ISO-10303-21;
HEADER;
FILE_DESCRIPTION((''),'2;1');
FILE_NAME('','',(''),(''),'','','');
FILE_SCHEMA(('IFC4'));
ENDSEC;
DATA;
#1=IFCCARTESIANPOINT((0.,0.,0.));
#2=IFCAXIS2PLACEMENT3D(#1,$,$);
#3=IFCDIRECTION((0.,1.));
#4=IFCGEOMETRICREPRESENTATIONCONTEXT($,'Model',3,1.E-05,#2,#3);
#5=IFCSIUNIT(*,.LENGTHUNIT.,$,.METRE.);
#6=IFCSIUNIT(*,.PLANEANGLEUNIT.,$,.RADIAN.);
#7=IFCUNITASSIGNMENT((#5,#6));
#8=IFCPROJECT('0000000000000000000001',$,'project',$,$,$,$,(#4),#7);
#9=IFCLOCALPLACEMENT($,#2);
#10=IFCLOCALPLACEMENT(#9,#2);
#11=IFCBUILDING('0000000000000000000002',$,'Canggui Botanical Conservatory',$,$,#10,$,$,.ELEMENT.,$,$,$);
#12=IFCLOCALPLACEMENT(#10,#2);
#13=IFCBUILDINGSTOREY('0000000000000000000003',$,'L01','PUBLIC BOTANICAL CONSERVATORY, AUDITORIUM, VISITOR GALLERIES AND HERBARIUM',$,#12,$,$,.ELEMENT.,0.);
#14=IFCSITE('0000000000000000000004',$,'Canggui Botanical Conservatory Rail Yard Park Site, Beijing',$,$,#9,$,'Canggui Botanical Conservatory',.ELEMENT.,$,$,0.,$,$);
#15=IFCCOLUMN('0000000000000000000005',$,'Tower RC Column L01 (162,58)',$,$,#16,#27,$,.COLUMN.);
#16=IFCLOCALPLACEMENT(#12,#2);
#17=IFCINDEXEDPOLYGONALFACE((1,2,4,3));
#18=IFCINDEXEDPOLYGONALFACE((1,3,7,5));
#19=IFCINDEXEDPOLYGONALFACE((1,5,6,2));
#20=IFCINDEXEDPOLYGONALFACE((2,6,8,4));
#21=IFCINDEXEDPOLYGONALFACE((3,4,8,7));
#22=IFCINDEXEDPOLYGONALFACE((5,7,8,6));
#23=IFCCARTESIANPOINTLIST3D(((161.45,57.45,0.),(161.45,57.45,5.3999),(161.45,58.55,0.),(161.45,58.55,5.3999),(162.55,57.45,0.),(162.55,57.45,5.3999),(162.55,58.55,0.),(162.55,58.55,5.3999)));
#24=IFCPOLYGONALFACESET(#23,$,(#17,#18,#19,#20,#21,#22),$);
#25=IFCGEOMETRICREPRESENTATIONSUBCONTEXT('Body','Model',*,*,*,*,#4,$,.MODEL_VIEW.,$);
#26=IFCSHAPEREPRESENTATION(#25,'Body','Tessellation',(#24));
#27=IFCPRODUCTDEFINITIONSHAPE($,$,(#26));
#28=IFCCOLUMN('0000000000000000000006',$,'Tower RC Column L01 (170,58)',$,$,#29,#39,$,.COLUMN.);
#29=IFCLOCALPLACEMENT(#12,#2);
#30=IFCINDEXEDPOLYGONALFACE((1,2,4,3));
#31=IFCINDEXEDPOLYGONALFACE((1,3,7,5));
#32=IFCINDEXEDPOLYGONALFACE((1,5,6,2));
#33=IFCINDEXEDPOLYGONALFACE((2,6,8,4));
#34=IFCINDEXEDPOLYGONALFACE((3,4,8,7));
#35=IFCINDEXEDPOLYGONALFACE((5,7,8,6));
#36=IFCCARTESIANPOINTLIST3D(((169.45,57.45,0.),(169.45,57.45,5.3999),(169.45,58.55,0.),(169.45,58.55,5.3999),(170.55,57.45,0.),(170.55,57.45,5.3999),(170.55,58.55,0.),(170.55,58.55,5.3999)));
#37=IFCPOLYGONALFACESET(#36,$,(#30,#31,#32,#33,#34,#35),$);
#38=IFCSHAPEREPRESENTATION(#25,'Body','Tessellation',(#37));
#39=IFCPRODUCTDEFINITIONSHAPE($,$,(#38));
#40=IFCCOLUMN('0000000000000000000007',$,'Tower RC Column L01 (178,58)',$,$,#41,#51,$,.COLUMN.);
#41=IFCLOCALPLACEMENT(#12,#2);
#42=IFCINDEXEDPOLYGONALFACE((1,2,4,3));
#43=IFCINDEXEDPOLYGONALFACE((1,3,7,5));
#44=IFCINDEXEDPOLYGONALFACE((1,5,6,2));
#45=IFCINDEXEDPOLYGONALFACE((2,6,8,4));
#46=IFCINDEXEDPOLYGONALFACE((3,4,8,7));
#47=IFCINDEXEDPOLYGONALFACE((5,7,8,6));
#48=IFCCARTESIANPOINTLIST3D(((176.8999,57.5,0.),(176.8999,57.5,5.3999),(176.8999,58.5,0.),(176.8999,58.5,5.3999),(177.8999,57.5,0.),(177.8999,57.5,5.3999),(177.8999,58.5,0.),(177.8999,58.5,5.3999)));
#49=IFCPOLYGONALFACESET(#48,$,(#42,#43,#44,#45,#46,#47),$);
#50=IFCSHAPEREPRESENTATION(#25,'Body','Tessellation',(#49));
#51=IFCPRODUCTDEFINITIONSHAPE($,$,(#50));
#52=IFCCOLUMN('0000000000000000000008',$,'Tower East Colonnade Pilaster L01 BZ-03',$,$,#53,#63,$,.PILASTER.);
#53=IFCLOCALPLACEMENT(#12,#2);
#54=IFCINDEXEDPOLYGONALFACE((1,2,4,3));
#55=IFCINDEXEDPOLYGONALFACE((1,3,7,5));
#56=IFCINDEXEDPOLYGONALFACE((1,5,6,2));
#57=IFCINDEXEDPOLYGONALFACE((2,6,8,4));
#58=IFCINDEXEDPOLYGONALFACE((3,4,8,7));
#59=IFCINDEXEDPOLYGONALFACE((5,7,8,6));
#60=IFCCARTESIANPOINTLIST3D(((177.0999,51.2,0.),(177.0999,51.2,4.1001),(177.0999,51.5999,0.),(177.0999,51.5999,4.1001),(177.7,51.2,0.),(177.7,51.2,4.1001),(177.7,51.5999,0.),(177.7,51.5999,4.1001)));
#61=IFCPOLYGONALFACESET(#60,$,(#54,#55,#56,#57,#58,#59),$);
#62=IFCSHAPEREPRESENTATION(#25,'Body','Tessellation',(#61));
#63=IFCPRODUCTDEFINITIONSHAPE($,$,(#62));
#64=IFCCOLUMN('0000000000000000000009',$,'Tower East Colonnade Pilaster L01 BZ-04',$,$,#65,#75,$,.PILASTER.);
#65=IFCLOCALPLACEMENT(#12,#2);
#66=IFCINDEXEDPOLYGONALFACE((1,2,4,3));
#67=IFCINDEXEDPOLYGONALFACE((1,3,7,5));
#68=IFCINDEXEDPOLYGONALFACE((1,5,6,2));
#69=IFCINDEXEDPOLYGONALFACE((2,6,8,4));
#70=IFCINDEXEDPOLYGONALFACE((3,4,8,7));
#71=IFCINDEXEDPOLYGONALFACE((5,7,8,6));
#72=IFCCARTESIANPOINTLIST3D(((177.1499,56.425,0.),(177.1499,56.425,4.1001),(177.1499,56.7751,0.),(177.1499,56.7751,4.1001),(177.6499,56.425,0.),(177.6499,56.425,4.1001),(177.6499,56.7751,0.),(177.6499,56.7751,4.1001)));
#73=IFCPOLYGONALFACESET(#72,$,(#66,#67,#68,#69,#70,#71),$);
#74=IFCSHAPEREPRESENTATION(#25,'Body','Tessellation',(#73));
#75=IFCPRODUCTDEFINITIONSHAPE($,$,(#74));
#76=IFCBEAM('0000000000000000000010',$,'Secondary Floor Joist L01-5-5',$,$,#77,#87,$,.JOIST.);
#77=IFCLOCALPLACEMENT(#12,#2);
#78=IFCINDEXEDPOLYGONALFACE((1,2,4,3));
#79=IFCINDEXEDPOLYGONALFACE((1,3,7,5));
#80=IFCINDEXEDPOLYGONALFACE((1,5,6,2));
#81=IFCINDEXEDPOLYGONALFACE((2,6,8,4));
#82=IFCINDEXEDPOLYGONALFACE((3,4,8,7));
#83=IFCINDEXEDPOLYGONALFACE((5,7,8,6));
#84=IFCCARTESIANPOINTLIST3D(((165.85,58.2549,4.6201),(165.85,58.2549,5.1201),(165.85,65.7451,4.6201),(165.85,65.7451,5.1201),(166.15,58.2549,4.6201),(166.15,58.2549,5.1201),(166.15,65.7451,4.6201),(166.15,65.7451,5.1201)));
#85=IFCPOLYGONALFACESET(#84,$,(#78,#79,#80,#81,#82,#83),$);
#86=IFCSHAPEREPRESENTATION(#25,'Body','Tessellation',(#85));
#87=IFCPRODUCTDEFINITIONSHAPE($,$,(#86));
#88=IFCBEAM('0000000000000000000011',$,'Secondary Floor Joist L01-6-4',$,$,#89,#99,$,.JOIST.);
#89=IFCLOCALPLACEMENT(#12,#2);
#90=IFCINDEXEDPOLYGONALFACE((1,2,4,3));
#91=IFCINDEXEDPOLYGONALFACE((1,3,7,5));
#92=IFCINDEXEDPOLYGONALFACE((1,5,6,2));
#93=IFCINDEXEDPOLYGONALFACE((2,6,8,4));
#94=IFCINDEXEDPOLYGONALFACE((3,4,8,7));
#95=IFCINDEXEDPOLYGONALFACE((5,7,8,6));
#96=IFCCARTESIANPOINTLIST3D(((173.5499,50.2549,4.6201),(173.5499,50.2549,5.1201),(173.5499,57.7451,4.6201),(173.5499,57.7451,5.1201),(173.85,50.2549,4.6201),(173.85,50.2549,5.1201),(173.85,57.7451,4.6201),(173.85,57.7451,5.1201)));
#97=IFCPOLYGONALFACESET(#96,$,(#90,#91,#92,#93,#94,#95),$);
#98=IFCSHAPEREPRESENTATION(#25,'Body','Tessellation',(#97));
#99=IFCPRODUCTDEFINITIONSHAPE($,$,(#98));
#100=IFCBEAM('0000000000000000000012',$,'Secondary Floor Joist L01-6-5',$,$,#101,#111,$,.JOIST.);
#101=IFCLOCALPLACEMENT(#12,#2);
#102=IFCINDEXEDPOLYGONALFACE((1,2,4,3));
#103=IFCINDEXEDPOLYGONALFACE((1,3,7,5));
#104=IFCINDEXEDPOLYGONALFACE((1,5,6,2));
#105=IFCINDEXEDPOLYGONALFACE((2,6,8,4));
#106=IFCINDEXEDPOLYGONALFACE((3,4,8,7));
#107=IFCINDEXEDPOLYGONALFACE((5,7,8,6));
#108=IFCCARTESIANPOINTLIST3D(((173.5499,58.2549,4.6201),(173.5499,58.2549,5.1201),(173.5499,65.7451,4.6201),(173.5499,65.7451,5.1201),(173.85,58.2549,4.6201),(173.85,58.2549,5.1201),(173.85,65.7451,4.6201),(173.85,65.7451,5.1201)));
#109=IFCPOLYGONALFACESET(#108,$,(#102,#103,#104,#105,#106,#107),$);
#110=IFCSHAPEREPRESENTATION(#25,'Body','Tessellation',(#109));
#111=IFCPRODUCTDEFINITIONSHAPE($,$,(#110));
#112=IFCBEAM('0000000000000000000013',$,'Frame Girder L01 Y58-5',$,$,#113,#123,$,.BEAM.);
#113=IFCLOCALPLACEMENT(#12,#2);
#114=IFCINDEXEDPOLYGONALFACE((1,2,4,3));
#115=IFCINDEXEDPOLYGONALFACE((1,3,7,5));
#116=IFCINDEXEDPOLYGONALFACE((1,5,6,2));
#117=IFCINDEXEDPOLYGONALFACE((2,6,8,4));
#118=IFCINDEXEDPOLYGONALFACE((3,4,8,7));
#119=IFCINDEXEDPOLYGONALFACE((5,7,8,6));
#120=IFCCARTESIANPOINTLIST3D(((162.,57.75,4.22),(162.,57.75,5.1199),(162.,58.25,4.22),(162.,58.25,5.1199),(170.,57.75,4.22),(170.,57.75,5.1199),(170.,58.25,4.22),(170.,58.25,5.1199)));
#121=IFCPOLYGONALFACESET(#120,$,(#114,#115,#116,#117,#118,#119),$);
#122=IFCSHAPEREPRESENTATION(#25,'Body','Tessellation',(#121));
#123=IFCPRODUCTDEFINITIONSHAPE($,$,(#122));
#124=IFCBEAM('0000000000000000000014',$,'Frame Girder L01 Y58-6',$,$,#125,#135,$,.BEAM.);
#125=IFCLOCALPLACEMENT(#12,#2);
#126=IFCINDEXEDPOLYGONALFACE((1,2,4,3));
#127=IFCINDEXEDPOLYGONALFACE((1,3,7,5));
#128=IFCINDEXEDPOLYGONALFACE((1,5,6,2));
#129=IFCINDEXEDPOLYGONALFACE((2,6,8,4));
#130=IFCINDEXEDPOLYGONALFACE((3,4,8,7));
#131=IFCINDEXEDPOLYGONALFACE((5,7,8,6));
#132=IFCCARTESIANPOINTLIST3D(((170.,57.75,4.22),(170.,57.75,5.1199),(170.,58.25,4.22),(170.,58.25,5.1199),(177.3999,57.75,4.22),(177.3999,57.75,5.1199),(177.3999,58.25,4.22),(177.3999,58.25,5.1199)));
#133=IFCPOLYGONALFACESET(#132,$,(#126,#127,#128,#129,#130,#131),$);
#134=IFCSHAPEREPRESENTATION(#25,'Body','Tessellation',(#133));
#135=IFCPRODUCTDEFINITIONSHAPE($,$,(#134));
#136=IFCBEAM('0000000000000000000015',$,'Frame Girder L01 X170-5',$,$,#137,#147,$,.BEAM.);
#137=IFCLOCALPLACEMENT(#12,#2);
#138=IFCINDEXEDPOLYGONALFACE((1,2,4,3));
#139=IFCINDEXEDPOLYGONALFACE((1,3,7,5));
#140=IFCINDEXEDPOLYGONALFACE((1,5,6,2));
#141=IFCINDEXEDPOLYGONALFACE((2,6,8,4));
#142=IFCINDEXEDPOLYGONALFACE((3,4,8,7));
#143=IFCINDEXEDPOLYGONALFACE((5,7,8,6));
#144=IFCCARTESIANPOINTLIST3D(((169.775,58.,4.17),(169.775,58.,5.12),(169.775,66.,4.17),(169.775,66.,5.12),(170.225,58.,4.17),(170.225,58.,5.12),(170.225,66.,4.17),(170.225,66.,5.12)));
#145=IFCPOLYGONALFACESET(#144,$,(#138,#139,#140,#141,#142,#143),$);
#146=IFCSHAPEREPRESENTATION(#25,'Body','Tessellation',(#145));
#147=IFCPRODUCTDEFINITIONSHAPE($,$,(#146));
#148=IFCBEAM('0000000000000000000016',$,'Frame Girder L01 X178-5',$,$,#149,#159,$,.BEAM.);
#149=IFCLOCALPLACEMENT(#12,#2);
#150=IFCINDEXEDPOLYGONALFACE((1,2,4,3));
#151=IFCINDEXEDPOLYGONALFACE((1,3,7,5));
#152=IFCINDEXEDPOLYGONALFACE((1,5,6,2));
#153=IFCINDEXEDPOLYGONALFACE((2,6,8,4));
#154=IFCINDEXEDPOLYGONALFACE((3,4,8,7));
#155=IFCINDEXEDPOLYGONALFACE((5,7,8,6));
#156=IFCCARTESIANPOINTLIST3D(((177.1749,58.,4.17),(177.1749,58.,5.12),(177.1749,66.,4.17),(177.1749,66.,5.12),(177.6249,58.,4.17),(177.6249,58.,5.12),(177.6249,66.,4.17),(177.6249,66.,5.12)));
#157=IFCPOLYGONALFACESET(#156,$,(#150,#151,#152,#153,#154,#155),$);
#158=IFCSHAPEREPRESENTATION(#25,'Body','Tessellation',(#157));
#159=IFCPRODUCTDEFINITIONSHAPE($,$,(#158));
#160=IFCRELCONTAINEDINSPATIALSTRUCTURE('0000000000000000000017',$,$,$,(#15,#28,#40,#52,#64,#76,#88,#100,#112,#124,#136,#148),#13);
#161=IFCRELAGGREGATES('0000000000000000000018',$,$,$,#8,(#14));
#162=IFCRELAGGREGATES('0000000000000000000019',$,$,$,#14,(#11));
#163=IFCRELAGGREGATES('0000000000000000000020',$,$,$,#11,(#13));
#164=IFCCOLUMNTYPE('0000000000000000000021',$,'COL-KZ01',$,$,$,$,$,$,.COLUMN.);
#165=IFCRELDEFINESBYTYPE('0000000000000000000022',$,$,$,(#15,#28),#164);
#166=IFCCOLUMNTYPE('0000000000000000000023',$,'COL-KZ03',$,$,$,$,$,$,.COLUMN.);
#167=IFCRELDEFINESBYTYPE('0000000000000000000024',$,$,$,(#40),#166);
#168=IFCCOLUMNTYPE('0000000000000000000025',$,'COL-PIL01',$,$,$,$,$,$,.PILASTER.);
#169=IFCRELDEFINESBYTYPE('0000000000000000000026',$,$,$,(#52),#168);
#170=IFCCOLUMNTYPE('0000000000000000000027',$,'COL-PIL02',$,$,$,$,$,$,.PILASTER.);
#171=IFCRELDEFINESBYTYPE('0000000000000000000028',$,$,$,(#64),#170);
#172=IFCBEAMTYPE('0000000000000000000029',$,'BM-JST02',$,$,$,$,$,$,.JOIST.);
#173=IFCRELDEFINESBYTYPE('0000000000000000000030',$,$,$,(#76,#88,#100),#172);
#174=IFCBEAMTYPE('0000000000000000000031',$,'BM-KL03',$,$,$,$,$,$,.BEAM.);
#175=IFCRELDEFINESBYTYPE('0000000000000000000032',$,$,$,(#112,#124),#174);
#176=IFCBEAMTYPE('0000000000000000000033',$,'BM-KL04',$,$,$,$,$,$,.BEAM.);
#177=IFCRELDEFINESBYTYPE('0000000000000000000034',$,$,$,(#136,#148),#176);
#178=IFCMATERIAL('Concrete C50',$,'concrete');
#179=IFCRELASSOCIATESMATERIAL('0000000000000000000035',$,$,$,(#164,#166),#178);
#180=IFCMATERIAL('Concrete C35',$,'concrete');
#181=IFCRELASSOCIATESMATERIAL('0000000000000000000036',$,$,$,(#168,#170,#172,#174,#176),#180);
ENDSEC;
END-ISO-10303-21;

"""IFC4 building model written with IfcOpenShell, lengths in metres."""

from ifc_helpers import new_model, si_unit, direction, frame, origin, origin_2d, place, context, subcontext, project, spatial, rectangle, extrude, material, material_profile, profile_set, type_object, element, save


model = new_model("IFC4")

# Units and contexts
model_context = context("Model", 3, precision=1e-05, world=origin(), true_north=direction((0.0, 1.0)))
body_context = subcontext(model_context, "Body", "Model", "MODEL_VIEW")
ifc_project = project(units=[si_unit("LENGTHUNIT", "METRE"), si_unit("PLANEANGLEUNIT", "RADIAN")], contexts=[model_context])

# Site, building, storey
site_placement = place(None, origin())
site = spatial("IfcSite", under=ifc_project, at=site_placement, Name="Canggui Botanical Conservatory Rail Yard Park Site, Beijing", LongName="Canggui Botanical Conservatory", CompositionType="ELEMENT", RefElevation=0.0)
building_placement = place(site_placement, origin())
building = spatial("IfcBuilding", under=site, at=building_placement, Name="Canggui Botanical Conservatory", CompositionType="ELEMENT")
storey_placement = place(building_placement, origin())
storey = spatial("IfcBuildingStorey", under=building, at=storey_placement, Name="L01", Description="PUBLIC BOTANICAL CONSERVATORY, AUDITORIUM, VISITOR GALLERIES AND HERBARIUM", CompositionType="ELEMENT", Elevation=0.0)

# Columns
ifc_material_1 = material(Name="Concrete C50", Category="concrete")
ifc_material_profile_1 = material_profile(ifc_material_1, rectangle(XDim=1.1001, YDim=1.1001, at=origin_2d()), Name="RC 1100x1100")
ifc_profile_set_1 = profile_set([ifc_material_profile_1], Name="Concrete C50")
column_type_1 = type_object("IfcColumnType", Name="COL-KZ01", PredefinedType="COLUMN", material=ifc_profile_set_1)
for number, where, z_axis, x_axis, name in (
    (1, (162.0, 58.0, 0.0), (0.0, 0.0, 1.0), (1.0, 0.0, 0.0), "Tower RC Column L01 (162,58)"),
    (2, (170.0, 58.0, 0.0), (0.0, 0.0, 1.0), (1.0, 0.0, 0.0), "Tower RC Column L01 (170,58)"),
):
    element("IfcColumn", number, at=place(storey_placement, frame(where, z_axis=z_axis, x_axis=x_axis)), inside=storey, type_object=column_type_1, Name=name, PredefinedType="COLUMN", context=body_context, shape_type="SweptSolid", body=[
        extrude(rectangle(XDim=1.1001, YDim=1.1001, at=origin_2d()), origin(), (0.0, 0.0, 1.0), 5.3999),
    ])
ifc_material_profile_2 = material_profile(ifc_material_1, rectangle(XDim=1.0, YDim=1.0, at=origin_2d()), Name="RC 1000x1000")
ifc_profile_set_2 = profile_set([ifc_material_profile_2], Name="Concrete C50")
column_type_2 = type_object("IfcColumnType", Name="COL-KZ03", PredefinedType="COLUMN", material=ifc_profile_set_2)
column_1_placement = place(storey_placement, frame((177.3999, 58.0, 0.0), z_axis=(0.0, 0.0, 1.0), x_axis=(1.0, 0.0, 0.0)))
element("IfcColumn", 3, at=column_1_placement, inside=storey, type_object=column_type_2, Name="Tower RC Column L01 (178,58)", PredefinedType="COLUMN", context=body_context, shape_type="SweptSolid", body=[
    extrude(rectangle(XDim=1.0, YDim=1.0, at=origin_2d()), origin(), (0.0, 0.0, 1.0), 5.3999),
])
ifc_material_2 = material(Name="Concrete C35", Category="concrete")
ifc_material_profile_3 = material_profile(ifc_material_2, rectangle(XDim=0.3999, YDim=0.6001, at=origin_2d()), Name="RC 400x600")
ifc_profile_set_3 = profile_set([ifc_material_profile_3], Name="Concrete C35")
column_type_3 = type_object("IfcColumnType", Name="COL-PIL01", PredefinedType="PILASTER", material=ifc_profile_set_3)
column_2_placement = place(storey_placement, frame((177.3999, 51.3999, 0.0), z_axis=(0.0, 0.0, 1.0), x_axis=(0.0, 1.0, 0.0)))
element("IfcColumn", 4, at=column_2_placement, inside=storey, type_object=column_type_3, Name="Tower East Colonnade Pilaster L01 BZ-03", PredefinedType="PILASTER", context=body_context, shape_type="SweptSolid", body=[
    extrude(rectangle(XDim=0.3999, YDim=0.6001, at=origin_2d()), origin(), (0.0, 0.0, 1.0), 4.1001),
])
ifc_material_profile_4 = material_profile(ifc_material_2, rectangle(XDim=0.3501, YDim=0.5, at=origin_2d()), Name="RC 350x500")
ifc_profile_set_4 = profile_set([ifc_material_profile_4], Name="Concrete C35")
column_type_4 = type_object("IfcColumnType", Name="COL-PIL02", PredefinedType="PILASTER", material=ifc_profile_set_4)
column_3_placement = place(storey_placement, frame((177.3999, 56.6001, 0.0), z_axis=(0.0, 0.0, 1.0), x_axis=(0.0, 1.0, 0.0)))
element("IfcColumn", 5, at=column_3_placement, inside=storey, type_object=column_type_4, Name="Tower East Colonnade Pilaster L01 BZ-04", PredefinedType="PILASTER", context=body_context, shape_type="SweptSolid", body=[
    extrude(rectangle(XDim=0.3501, YDim=0.5, at=origin_2d()), origin(), (0.0, 0.0, 1.0), 4.1001),
])

# Beams
ifc_material_profile_5 = material_profile(ifc_material_2, rectangle(XDim=0.3, YDim=0.5, at=origin_2d()), Name="RB 300x500")
ifc_profile_set_5 = profile_set([ifc_material_profile_5], Name="Concrete C35")
beam_type_1 = type_object("IfcBeamType", Name="BM-JST02", PredefinedType="JOIST", material=ifc_profile_set_5)
for number, where, z_axis, x_axis, name in (
    (6, (166.0, 58.2549, 4.8701), (0.0, 1.0, 0.0), (-1.0, 0.0, 0.0), "Secondary Floor Joist L01-5-5"),
    (7, (173.7, 50.2549, 4.8701), (0.0, 1.0, 0.0), (-1.0, 0.0, 0.0), "Secondary Floor Joist L01-6-4"),
    (8, (173.7, 58.2549, 4.8701), (0.0, 1.0, 0.0), (-1.0, 0.0, 0.0), "Secondary Floor Joist L01-6-5"),
):
    element("IfcBeam", number, at=place(storey_placement, frame(where, z_axis=z_axis, x_axis=x_axis)), inside=storey, type_object=beam_type_1, Name=name, PredefinedType="JOIST", context=body_context, shape_type="SweptSolid", body=[
        extrude(rectangle(XDim=0.3, YDim=0.5, at=origin_2d()), origin(), (0.0, 0.0, 1.0), 7.4902),
    ])
ifc_material_profile_6 = material_profile(ifc_material_2, rectangle(XDim=0.5, YDim=0.8999, at=origin_2d()), Name="RB 500x900")
ifc_profile_set_6 = profile_set([ifc_material_profile_6], Name="Concrete C35")
beam_type_2 = type_object("IfcBeamType", Name="BM-KL03", PredefinedType="BEAM", material=ifc_profile_set_6)
beam_1_placement = place(storey_placement, frame((162.0, 58.0, 4.6699), z_axis=(1.0, 0.0, 0.0), x_axis=(0.0, 1.0, 0.0)))
element("IfcBeam", 9, at=beam_1_placement, inside=storey, type_object=beam_type_2, Name="Frame Girder L01 Y58-5", PredefinedType="BEAM", context=body_context, shape_type="SweptSolid", body=[
    extrude(rectangle(XDim=0.5, YDim=0.8999, at=origin_2d()), origin(), (0.0, 0.0, 1.0), 8.0),
])
beam_2_placement = place(storey_placement, frame((170.0, 58.0, 4.6699), z_axis=(1.0, 0.0, 0.0), x_axis=(0.0, 1.0, 0.0)))
element("IfcBeam", 10, at=beam_2_placement, inside=storey, type_object=beam_type_2, Name="Frame Girder L01 Y58-6", PredefinedType="BEAM", context=body_context, shape_type="SweptSolid", body=[
    extrude(rectangle(XDim=0.5, YDim=0.8999, at=origin_2d()), origin(), (0.0, 0.0, 1.0), 7.3999),
])
ifc_material_profile_7 = material_profile(ifc_material_2, rectangle(XDim=0.45, YDim=0.95, at=origin_2d()), Name="RB 450x950")
ifc_profile_set_7 = profile_set([ifc_material_profile_7], Name="Concrete C35")
beam_type_3 = type_object("IfcBeamType", Name="BM-KL04", PredefinedType="BEAM", material=ifc_profile_set_7)
for number, where, z_axis, x_axis, name in (
    (11, (170.0, 58.0, 4.645), (0.0, 1.0, 0.0), (-1.0, 0.0, 0.0), "Frame Girder L01 X170-5"),
    (12, (177.3999, 58.0, 4.645), (0.0, 1.0, 0.0), (-1.0, 0.0, 0.0), "Frame Girder L01 X178-5"),
):
    element("IfcBeam", number, at=place(storey_placement, frame(where, z_axis=z_axis, x_axis=x_axis)), inside=storey, type_object=beam_type_3, Name=name, PredefinedType="BEAM", context=body_context, shape_type="SweptSolid", body=[
        extrude(rectangle(XDim=0.45, YDim=0.95, at=origin_2d()), origin(), (0.0, 0.0, 1.0), 8.0),
    ])

save(model, "model.ifc")
